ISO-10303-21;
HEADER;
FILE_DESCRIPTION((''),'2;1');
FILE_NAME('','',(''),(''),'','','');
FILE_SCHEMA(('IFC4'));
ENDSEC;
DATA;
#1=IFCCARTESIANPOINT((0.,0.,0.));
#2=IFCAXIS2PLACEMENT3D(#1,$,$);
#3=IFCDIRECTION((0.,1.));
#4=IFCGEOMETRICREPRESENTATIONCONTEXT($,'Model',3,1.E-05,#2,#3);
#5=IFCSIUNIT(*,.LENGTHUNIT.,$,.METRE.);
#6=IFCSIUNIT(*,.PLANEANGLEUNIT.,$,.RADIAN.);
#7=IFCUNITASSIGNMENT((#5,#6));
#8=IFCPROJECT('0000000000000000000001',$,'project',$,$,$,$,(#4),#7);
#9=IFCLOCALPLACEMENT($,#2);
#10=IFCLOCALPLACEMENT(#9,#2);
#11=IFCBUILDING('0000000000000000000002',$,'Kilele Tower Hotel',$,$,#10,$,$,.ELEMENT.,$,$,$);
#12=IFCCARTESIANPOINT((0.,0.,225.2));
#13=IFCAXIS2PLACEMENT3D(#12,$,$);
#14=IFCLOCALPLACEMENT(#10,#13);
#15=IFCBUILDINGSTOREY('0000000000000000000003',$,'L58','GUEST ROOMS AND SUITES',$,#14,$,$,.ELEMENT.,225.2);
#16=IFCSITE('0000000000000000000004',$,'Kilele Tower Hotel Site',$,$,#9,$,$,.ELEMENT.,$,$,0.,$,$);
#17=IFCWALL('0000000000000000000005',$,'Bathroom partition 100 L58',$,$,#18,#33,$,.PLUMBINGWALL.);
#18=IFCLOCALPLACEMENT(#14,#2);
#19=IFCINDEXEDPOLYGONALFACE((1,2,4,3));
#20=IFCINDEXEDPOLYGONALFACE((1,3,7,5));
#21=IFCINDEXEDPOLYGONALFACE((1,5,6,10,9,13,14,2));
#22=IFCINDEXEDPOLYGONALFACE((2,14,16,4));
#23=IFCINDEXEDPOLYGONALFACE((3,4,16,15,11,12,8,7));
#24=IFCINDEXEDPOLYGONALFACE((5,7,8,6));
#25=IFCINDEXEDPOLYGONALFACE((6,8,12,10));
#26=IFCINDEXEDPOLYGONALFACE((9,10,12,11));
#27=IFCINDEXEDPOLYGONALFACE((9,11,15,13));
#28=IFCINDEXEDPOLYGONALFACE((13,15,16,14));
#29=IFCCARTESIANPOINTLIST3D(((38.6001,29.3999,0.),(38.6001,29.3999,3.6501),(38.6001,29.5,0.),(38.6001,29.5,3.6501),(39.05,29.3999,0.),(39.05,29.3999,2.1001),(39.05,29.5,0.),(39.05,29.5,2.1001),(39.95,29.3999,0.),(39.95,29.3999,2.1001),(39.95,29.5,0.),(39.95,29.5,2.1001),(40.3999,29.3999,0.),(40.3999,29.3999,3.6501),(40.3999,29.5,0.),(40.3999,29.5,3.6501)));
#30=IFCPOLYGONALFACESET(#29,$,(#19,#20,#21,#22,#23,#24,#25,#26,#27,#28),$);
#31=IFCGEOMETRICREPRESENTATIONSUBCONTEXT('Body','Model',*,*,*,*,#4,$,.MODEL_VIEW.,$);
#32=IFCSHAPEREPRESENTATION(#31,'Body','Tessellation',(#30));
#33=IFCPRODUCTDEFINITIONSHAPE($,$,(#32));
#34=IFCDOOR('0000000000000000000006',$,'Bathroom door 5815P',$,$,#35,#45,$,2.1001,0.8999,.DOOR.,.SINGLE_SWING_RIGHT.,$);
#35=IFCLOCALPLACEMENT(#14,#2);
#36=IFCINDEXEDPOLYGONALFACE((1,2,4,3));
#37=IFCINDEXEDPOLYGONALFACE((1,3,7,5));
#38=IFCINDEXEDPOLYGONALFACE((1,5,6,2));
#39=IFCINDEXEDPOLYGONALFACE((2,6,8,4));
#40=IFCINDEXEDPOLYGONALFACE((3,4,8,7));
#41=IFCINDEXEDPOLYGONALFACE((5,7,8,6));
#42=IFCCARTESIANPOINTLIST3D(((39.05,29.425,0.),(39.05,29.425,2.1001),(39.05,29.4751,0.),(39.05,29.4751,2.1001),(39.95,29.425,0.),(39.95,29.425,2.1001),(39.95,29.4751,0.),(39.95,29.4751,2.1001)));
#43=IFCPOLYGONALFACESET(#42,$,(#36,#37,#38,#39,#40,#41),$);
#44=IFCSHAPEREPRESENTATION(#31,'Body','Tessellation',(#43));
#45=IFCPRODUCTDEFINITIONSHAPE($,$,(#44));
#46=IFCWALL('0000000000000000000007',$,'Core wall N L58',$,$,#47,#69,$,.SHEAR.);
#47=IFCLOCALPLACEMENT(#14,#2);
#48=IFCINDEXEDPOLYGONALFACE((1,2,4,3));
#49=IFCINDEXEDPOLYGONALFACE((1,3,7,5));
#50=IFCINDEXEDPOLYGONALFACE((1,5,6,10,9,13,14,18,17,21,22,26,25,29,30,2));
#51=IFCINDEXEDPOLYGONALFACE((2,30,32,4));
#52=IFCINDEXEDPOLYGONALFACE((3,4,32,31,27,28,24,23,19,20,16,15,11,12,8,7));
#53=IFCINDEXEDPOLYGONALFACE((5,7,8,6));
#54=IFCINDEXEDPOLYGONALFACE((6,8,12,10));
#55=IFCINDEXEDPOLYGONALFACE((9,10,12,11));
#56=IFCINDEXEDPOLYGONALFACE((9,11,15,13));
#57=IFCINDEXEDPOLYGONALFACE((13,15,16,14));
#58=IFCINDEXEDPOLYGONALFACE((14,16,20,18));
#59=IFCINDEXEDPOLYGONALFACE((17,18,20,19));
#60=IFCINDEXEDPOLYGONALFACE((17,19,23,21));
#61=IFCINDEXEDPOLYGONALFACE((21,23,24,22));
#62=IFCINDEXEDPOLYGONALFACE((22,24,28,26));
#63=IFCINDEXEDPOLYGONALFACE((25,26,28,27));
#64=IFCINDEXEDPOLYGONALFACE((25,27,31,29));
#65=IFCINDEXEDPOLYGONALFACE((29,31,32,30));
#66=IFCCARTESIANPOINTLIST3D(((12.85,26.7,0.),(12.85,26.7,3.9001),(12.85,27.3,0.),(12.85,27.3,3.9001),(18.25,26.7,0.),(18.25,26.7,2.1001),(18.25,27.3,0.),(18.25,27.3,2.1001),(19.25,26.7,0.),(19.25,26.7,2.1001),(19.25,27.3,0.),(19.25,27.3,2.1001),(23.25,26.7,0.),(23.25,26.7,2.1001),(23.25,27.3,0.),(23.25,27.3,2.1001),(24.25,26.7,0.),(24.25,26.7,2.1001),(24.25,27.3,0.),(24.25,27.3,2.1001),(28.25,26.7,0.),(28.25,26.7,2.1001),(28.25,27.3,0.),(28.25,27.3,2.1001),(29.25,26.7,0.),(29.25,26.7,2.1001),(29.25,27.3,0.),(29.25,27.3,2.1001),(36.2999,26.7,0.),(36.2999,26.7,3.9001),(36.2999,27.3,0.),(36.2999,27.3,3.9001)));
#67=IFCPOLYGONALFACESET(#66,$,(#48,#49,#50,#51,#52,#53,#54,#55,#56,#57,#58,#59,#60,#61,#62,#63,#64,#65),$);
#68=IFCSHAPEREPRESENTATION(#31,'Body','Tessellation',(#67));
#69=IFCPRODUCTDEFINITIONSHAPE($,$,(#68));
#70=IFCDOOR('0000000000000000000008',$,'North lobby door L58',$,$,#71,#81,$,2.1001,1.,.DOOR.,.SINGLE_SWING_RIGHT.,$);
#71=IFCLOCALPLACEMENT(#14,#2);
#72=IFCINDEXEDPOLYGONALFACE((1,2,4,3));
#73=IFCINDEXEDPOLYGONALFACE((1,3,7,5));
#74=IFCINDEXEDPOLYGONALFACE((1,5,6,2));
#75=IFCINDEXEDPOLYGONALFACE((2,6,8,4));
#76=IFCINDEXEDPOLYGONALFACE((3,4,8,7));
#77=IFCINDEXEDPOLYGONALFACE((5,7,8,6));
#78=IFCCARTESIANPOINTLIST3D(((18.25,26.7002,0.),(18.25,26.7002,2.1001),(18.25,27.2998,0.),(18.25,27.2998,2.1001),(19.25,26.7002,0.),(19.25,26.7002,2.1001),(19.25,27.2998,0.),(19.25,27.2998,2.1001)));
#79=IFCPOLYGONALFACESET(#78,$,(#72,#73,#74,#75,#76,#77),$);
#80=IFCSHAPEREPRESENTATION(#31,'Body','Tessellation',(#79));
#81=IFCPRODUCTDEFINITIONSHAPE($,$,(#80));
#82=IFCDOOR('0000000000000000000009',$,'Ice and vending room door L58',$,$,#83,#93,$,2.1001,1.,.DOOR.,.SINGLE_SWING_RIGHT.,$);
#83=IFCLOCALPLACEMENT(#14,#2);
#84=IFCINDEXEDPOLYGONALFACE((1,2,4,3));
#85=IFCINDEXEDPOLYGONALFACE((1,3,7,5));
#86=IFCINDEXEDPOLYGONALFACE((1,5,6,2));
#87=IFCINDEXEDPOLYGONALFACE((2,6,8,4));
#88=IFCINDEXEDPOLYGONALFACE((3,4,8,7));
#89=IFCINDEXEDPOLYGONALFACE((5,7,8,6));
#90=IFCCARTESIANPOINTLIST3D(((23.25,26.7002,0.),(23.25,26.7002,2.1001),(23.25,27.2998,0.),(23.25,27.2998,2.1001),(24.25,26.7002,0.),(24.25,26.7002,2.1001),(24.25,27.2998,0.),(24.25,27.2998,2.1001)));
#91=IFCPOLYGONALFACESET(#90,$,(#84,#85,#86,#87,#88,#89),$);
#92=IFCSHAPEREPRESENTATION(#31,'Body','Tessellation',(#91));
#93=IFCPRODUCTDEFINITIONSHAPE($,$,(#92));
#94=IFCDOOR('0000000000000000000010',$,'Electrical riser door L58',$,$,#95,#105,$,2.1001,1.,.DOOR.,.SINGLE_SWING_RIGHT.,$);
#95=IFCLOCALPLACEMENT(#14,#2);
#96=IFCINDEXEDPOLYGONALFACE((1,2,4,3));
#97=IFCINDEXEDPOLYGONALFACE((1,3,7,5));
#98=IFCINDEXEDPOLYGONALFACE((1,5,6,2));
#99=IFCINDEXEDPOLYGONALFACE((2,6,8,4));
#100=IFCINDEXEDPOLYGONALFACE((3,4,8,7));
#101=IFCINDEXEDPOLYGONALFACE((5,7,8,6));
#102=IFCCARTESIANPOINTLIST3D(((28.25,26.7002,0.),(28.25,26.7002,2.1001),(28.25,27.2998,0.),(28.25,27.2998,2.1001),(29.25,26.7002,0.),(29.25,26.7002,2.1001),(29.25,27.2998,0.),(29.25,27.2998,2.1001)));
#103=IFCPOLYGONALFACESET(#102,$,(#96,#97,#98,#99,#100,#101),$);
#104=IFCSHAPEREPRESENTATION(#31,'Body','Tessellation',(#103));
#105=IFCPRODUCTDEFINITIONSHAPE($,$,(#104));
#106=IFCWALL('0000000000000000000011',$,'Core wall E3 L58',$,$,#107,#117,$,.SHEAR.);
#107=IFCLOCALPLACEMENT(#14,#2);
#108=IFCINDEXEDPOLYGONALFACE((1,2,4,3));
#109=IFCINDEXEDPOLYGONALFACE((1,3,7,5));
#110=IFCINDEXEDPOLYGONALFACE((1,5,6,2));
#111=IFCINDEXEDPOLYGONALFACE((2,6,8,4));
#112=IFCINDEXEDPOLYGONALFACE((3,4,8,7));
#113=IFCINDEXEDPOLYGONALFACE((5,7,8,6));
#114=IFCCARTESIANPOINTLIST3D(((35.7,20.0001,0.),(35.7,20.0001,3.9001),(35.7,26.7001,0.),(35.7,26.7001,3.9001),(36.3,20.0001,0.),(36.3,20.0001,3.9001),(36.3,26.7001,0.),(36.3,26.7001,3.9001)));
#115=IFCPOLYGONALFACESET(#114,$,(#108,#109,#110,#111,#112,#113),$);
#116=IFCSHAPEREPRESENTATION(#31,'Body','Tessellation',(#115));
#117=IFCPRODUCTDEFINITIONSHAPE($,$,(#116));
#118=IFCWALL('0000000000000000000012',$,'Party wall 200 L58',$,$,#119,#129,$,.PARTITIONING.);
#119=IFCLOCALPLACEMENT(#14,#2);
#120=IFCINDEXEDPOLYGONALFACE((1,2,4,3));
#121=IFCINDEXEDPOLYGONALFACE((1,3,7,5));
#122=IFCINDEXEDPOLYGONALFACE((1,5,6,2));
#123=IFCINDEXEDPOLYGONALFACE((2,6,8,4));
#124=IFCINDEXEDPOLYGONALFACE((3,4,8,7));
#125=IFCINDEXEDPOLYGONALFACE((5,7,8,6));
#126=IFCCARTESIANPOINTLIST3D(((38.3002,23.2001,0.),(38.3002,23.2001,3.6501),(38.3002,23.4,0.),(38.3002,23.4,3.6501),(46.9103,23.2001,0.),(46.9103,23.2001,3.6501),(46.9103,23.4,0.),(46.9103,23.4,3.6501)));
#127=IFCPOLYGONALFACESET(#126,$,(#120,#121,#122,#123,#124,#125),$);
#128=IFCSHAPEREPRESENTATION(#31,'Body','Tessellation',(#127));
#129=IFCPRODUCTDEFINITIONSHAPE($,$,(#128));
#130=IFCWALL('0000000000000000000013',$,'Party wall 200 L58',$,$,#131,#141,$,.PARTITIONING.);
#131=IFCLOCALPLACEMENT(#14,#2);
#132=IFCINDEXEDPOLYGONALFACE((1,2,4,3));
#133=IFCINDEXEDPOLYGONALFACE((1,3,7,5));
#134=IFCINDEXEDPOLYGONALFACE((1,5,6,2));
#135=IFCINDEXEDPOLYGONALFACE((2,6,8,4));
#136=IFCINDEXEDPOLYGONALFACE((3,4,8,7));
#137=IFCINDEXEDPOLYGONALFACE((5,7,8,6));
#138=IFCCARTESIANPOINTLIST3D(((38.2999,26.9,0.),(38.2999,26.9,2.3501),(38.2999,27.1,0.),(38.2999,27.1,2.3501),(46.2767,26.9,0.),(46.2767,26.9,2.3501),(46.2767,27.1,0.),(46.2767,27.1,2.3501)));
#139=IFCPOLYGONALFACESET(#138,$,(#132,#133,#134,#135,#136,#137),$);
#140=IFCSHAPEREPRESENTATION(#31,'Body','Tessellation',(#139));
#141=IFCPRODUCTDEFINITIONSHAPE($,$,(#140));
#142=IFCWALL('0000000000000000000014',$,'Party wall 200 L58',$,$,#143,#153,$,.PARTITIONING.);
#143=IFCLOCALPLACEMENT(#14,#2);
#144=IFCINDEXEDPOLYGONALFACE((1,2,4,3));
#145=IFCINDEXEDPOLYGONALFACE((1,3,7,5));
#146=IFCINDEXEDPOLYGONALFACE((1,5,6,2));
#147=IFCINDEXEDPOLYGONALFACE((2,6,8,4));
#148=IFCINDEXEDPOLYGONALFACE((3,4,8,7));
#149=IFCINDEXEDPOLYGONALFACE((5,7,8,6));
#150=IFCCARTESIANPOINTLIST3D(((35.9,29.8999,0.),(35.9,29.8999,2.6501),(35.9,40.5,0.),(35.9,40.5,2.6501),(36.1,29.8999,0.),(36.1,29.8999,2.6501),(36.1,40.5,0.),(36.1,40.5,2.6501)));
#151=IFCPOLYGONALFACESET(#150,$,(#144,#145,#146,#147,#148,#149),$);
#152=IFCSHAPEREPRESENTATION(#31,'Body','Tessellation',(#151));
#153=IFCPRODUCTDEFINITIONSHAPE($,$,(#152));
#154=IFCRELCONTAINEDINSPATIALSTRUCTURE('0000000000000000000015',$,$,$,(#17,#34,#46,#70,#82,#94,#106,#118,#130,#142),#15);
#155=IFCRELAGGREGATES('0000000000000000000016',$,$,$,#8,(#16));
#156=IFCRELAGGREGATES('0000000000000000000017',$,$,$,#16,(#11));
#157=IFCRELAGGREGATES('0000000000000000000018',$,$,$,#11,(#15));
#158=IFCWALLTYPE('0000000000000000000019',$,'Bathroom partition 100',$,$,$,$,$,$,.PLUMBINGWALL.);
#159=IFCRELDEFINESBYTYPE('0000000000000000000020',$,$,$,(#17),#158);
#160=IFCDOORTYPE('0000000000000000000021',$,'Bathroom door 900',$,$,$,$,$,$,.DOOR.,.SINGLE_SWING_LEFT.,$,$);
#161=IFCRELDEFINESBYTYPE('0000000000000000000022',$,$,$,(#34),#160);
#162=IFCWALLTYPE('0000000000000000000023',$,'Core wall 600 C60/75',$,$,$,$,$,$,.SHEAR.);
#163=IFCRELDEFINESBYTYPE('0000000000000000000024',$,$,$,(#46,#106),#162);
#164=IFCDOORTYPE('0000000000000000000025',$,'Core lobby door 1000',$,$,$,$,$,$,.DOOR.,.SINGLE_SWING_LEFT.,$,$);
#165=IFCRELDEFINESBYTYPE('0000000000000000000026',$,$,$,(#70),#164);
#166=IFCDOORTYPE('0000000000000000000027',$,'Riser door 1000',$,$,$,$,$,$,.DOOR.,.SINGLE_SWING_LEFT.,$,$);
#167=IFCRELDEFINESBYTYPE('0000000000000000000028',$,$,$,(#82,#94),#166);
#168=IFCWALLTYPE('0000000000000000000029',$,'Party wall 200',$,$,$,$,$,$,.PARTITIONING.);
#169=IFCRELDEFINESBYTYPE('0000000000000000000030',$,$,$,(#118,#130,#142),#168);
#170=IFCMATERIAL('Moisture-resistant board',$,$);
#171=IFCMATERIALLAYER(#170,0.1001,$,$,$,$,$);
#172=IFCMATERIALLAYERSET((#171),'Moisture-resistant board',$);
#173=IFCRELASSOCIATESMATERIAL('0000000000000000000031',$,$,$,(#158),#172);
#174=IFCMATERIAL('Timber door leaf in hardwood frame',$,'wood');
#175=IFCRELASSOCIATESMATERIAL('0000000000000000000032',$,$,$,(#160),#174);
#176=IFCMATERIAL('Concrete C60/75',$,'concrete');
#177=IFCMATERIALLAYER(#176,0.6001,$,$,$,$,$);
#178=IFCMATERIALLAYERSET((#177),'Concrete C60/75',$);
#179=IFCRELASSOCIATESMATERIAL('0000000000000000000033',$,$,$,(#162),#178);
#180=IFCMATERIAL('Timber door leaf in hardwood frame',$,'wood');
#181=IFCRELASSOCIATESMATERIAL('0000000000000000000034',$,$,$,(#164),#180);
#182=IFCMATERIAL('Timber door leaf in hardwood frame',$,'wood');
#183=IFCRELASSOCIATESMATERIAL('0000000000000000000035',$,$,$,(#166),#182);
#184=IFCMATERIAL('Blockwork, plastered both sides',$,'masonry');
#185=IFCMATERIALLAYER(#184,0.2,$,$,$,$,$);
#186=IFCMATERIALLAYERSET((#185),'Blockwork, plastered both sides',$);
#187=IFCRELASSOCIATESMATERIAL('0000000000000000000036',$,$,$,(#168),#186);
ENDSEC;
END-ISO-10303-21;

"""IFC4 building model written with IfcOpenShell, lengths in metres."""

from ifc_helpers import new_model, si_unit, direction, frame, frame_2d, origin, place, context, subcontext, project, spatial, rectangle, extrude, material, layer, layer_set, type_object, element, fill, save


model = new_model("IFC4")

# Units and contexts
model_context = context("Model", 3, precision=1e-05, world=origin(), true_north=direction((0.0, 1.0)))
body_context = subcontext(model_context, "Body", "Model", "MODEL_VIEW")
ifc_project = project(units=[si_unit("LENGTHUNIT", "METRE"), si_unit("PLANEANGLEUNIT", "RADIAN")], contexts=[model_context])

# Site, building, storey
site_placement = place(None, origin())
site = spatial("IfcSite", under=ifc_project, at=site_placement, Name="Kilele Tower Hotel Site", CompositionType="ELEMENT", RefElevation=0.0)
building_placement = place(site_placement, origin())
building = spatial("IfcBuilding", under=site, at=building_placement, Name="Kilele Tower Hotel", CompositionType="ELEMENT")
storey_placement = place(building_placement, frame((0.0, 0.0, 225.2)))
storey = spatial("IfcBuildingStorey", under=building, at=storey_placement, Name="L58", Description="GUEST ROOMS AND SUITES", CompositionType="ELEMENT", Elevation=225.2)

# Shared definitions
ifc_material_1 = material(Name="Moisture-resistant board")
ifc_layer_1 = layer(ifc_material_1, 0.1001)
ifc_layer_set_1 = layer_set([ifc_layer_1], Name="Moisture-resistant board")
wall_type_1 = type_object("IfcWallType", Name="Bathroom partition 100", PredefinedType="PLUMBINGWALL", material=ifc_layer_set_1)

# Shared definitions
ifc_material_2 = material(Name="Timber door leaf in hardwood frame", Category="wood")
door_type_1 = type_object("IfcDoorType", Name="Bathroom door 900", OperationType="SINGLE_SWING_LEFT", PredefinedType="DOOR", material=ifc_material_2)

# Wall, opening, door
wall_1_placement = place(storey_placement, frame((38.6001, 29.45, 0.0), z_axis=(0.0, 0.0, 1.0), x_axis=(1.0, 0.0, 0.0)))
wall_1 = element("IfcWall", 1, at=wall_1_placement, inside=storey, type_object=wall_type_1, Name="Bathroom partition 100 L58", PredefinedType="PLUMBINGWALL", context=body_context, shape_type="SweptSolid", body=[
    extrude(rectangle(XDim=1.7998, YDim=0.1001, at=frame_2d((0.8999, 0.0))), origin(), (0.0, 0.0, 1.0), 3.6501),
])
opening_1_placement = place(wall_1_placement, frame((1.3499, 0.0, 0.0), z_axis=(0.0, 0.0, 1.0), x_axis=(-1.0, 0.0, 0.0)))
opening_1 = element("IfcOpeningElement", 2, at=opening_1_placement, cuts=wall_1, PredefinedType="OPENING", context=body_context, shape_type="SweptSolid", body=[
    extrude(rectangle(XDim=0.8999, YDim=2.1001, at=frame_2d((0.45, 1.05))), frame((0.0, 0.0601, 0.0), z_axis=(0.0, -1.0, 0.0), x_axis=(1.0, 0.0, 0.0)), (0.0, 0.0, 1.0), 0.1201),
])
door_1_placement = place(opening_1_placement, origin())
door_1 = element("IfcDoor", 3, at=door_1_placement, inside=storey, type_object=door_type_1, Name="Bathroom door 5815P", OperationType="SINGLE_SWING_RIGHT", OverallHeight=2.1001, OverallWidth=0.8999, PredefinedType="DOOR", context=body_context, shape_type="SweptSolid", body=[
    extrude(rectangle(XDim=0.8999, YDim=2.1001, at=frame_2d((0.45, 1.05))), frame((0.0, 0.0249, 0.0), z_axis=(0.0, -1.0, 0.0), x_axis=(1.0, 0.0, 0.0)), (0.0, 0.0, 1.0), 0.05),
])
fill(opening_1, door_1)

# Wall, openings, doors
ifc_material_3 = material(Name="Concrete C60/75", Category="concrete")
ifc_layer_2 = layer(ifc_material_3, 0.6001)
ifc_layer_set_2 = layer_set([ifc_layer_2], Name="Concrete C60/75")
wall_type_2 = type_object("IfcWallType", Name="Core wall 600 C60/75", PredefinedType="SHEAR", material=ifc_layer_set_2)
wall_2_placement = place(storey_placement, frame((36.3, 27.0, 0.0), z_axis=(0.0, 0.0, 1.0), x_axis=(-1.0, 0.0, 0.0)))
wall_2 = element("IfcWall", 4, at=wall_2_placement, inside=storey, type_object=wall_type_2, Name="Core wall N L58", PredefinedType="SHEAR", context=body_context, shape_type="SweptSolid", body=[
    extrude(rectangle(XDim=23.45, YDim=0.6001, at=frame_2d((11.7251, 0.0))), origin(), (0.0, 0.0, 1.0), 3.9001),
])
opening_2_placement = place(wall_2_placement, frame((17.05, 0.0, 0.0)))
opening_2 = element("IfcOpeningElement", 5, at=opening_2_placement, cuts=wall_2, PredefinedType="OPENING", context=body_context, shape_type="SweptSolid", body=[
    extrude(rectangle(XDim=1.0, YDim=2.1001, at=frame_2d((0.5, 1.05))), frame((0.0, 0.3101, 0.0), z_axis=(0.0, -1.0, 0.0), x_axis=(1.0, 0.0, 0.0)), (0.0, 0.0, 1.0), 0.6201),
])
opening_3_placement = place(wall_2_placement, frame((12.05, 0.0, 0.0)))
opening_3 = element("IfcOpeningElement", 6, at=opening_3_placement, cuts=wall_2, PredefinedType="OPENING", context=body_context, shape_type="SweptSolid", body=[
    extrude(rectangle(XDim=1.0, YDim=2.1001, at=frame_2d((0.5, 1.05))), frame((0.0, 0.3101, 0.0), z_axis=(0.0, -1.0, 0.0), x_axis=(1.0, 0.0, 0.0)), (0.0, 0.0, 1.0), 0.6201),
])
opening_4_placement = place(wall_2_placement, frame((7.05, 0.0, 0.0)))
opening_4 = element("IfcOpeningElement", 7, at=opening_4_placement, cuts=wall_2, PredefinedType="OPENING", context=body_context, shape_type="SweptSolid", body=[
    extrude(rectangle(XDim=1.0, YDim=2.1001, at=frame_2d((0.5, 1.05))), frame((0.0, 0.3101, 0.0), z_axis=(0.0, -1.0, 0.0), x_axis=(1.0, 0.0, 0.0)), (0.0, 0.0, 1.0), 0.6201),
])
ifc_material_4 = material(Name="Timber door leaf in hardwood frame", Category="wood")
door_type_2 = type_object("IfcDoorType", Name="Core lobby door 1000", OperationType="SINGLE_SWING_LEFT", PredefinedType="DOOR", material=ifc_material_4)
door_2_placement = place(opening_2_placement, origin())
door_2 = element("IfcDoor", 8, at=door_2_placement, inside=storey, type_object=door_type_2, Name="North lobby door L58", OperationType="SINGLE_SWING_RIGHT", OverallHeight=2.1001, OverallWidth=1.0, PredefinedType="DOOR", context=body_context, shape_type="SweptSolid", body=[
    extrude(rectangle(XDim=1.0, YDim=2.1001, at=frame_2d((0.5, 1.05))), frame((0.0, 0.2998, 0.0), z_axis=(0.0, -1.0, 0.0), x_axis=(1.0, 0.0, 0.0)), (0.0, 0.0, 1.0), 0.5996),
])
fill(opening_2, door_2)
ifc_material_5 = material(Name="Timber door leaf in hardwood frame", Category="wood")
door_type_3 = type_object("IfcDoorType", Name="Riser door 1000", OperationType="SINGLE_SWING_LEFT", PredefinedType="DOOR", material=ifc_material_5)
door_3_placement = place(opening_3_placement, origin())
door_3 = element("IfcDoor", 9, at=door_3_placement, inside=storey, type_object=door_type_3, Name="Ice and vending room door L58", OperationType="SINGLE_SWING_RIGHT", OverallHeight=2.1001, OverallWidth=1.0, PredefinedType="DOOR", context=body_context, shape_type="SweptSolid", body=[
    extrude(rectangle(XDim=1.0, YDim=2.1001, at=frame_2d((0.5, 1.05))), frame((0.0, 0.2998, 0.0), z_axis=(0.0, -1.0, 0.0), x_axis=(1.0, 0.0, 0.0)), (0.0, 0.0, 1.0), 0.5996),
])
fill(opening_3, door_3)
door_4_placement = place(opening_4_placement, origin())
door_4 = element("IfcDoor", 10, at=door_4_placement, inside=storey, type_object=door_type_3, Name="Electrical riser door L58", OperationType="SINGLE_SWING_RIGHT", OverallHeight=2.1001, OverallWidth=1.0, PredefinedType="DOOR", context=body_context, shape_type="SweptSolid", body=[
    extrude(rectangle(XDim=1.0, YDim=2.1001, at=frame_2d((0.5, 1.05))), frame((0.0, 0.2998, 0.0), z_axis=(0.0, -1.0, 0.0), x_axis=(1.0, 0.0, 0.0)), (0.0, 0.0, 1.0), 0.5996),
])
fill(opening_4, door_4)

# Walls
wall_3_placement = place(storey_placement, frame((36.0, 20.0, 0.0), z_axis=(0.0, 0.0, 1.0), x_axis=(0.0, 1.0, 0.0)))
element("IfcWall", 11, at=wall_3_placement, inside=storey, type_object=wall_type_2, Name="Core wall E3 L58", PredefinedType="SHEAR", context=body_context, shape_type="SweptSolid", body=[
    extrude(rectangle(XDim=6.7, YDim=0.6001, at=frame_2d((3.3501, 0.0))), origin(), (0.0, 0.0, 1.0), 3.9001),
])
ifc_material_6 = material(Name="Blockwork, plastered both sides", Category="masonry")
ifc_layer_3 = layer(ifc_material_6, 0.2)
ifc_layer_set_3 = layer_set([ifc_layer_3], Name="Blockwork, plastered both sides")
wall_type_3 = type_object("IfcWallType", Name="Party wall 200", PredefinedType="PARTITIONING", material=ifc_layer_set_3)
wall_4_placement = place(storey_placement, frame((38.3, 23.3, 0.0), z_axis=(0.0, 0.0, 1.0), x_axis=(1.0, 0.0, 0.0)))
element("IfcWall", 12, at=wall_4_placement, inside=storey, type_object=wall_type_3, Name="Party wall 200 L58", PredefinedType="PARTITIONING", context=body_context, shape_type="SweptSolid", body=[
    extrude(rectangle(XDim=8.6101, YDim=0.2, at=frame_2d((4.3052, 0.0))), origin(), (0.0, 0.0, 1.0), 3.6501),
])
wall_5_placement = place(storey_placement, frame((38.3, 27.0, 0.0), z_axis=(0.0, 0.0, 1.0), x_axis=(1.0, 0.0, 0.0)))
element("IfcWall", 13, at=wall_5_placement, inside=storey, type_object=wall_type_3, Name="Party wall 200 L58", PredefinedType="PARTITIONING", context=body_context, shape_type="SweptSolid", body=[
    extrude(rectangle(XDim=7.9768, YDim=0.2, at=frame_2d((3.9883, 0.0))), origin(), (0.0, 0.0, 1.0), 2.3501),
])
wall_6_placement = place(storey_placement, frame((36.0, 29.8999, 0.0), z_axis=(0.0, 0.0, 1.0), x_axis=(0.0, 1.0, 0.0)))
element("IfcWall", 14, at=wall_6_placement, inside=storey, type_object=wall_type_3, Name="Party wall 200 L58", PredefinedType="PARTITIONING", context=body_context, shape_type="SweptSolid", body=[
    extrude(rectangle(XDim=10.6001, YDim=0.2, at=frame_2d((5.3, 0.0))), origin(), (0.0, 0.0, 1.0), 2.6501),
])

save(model, "model.ifc")
